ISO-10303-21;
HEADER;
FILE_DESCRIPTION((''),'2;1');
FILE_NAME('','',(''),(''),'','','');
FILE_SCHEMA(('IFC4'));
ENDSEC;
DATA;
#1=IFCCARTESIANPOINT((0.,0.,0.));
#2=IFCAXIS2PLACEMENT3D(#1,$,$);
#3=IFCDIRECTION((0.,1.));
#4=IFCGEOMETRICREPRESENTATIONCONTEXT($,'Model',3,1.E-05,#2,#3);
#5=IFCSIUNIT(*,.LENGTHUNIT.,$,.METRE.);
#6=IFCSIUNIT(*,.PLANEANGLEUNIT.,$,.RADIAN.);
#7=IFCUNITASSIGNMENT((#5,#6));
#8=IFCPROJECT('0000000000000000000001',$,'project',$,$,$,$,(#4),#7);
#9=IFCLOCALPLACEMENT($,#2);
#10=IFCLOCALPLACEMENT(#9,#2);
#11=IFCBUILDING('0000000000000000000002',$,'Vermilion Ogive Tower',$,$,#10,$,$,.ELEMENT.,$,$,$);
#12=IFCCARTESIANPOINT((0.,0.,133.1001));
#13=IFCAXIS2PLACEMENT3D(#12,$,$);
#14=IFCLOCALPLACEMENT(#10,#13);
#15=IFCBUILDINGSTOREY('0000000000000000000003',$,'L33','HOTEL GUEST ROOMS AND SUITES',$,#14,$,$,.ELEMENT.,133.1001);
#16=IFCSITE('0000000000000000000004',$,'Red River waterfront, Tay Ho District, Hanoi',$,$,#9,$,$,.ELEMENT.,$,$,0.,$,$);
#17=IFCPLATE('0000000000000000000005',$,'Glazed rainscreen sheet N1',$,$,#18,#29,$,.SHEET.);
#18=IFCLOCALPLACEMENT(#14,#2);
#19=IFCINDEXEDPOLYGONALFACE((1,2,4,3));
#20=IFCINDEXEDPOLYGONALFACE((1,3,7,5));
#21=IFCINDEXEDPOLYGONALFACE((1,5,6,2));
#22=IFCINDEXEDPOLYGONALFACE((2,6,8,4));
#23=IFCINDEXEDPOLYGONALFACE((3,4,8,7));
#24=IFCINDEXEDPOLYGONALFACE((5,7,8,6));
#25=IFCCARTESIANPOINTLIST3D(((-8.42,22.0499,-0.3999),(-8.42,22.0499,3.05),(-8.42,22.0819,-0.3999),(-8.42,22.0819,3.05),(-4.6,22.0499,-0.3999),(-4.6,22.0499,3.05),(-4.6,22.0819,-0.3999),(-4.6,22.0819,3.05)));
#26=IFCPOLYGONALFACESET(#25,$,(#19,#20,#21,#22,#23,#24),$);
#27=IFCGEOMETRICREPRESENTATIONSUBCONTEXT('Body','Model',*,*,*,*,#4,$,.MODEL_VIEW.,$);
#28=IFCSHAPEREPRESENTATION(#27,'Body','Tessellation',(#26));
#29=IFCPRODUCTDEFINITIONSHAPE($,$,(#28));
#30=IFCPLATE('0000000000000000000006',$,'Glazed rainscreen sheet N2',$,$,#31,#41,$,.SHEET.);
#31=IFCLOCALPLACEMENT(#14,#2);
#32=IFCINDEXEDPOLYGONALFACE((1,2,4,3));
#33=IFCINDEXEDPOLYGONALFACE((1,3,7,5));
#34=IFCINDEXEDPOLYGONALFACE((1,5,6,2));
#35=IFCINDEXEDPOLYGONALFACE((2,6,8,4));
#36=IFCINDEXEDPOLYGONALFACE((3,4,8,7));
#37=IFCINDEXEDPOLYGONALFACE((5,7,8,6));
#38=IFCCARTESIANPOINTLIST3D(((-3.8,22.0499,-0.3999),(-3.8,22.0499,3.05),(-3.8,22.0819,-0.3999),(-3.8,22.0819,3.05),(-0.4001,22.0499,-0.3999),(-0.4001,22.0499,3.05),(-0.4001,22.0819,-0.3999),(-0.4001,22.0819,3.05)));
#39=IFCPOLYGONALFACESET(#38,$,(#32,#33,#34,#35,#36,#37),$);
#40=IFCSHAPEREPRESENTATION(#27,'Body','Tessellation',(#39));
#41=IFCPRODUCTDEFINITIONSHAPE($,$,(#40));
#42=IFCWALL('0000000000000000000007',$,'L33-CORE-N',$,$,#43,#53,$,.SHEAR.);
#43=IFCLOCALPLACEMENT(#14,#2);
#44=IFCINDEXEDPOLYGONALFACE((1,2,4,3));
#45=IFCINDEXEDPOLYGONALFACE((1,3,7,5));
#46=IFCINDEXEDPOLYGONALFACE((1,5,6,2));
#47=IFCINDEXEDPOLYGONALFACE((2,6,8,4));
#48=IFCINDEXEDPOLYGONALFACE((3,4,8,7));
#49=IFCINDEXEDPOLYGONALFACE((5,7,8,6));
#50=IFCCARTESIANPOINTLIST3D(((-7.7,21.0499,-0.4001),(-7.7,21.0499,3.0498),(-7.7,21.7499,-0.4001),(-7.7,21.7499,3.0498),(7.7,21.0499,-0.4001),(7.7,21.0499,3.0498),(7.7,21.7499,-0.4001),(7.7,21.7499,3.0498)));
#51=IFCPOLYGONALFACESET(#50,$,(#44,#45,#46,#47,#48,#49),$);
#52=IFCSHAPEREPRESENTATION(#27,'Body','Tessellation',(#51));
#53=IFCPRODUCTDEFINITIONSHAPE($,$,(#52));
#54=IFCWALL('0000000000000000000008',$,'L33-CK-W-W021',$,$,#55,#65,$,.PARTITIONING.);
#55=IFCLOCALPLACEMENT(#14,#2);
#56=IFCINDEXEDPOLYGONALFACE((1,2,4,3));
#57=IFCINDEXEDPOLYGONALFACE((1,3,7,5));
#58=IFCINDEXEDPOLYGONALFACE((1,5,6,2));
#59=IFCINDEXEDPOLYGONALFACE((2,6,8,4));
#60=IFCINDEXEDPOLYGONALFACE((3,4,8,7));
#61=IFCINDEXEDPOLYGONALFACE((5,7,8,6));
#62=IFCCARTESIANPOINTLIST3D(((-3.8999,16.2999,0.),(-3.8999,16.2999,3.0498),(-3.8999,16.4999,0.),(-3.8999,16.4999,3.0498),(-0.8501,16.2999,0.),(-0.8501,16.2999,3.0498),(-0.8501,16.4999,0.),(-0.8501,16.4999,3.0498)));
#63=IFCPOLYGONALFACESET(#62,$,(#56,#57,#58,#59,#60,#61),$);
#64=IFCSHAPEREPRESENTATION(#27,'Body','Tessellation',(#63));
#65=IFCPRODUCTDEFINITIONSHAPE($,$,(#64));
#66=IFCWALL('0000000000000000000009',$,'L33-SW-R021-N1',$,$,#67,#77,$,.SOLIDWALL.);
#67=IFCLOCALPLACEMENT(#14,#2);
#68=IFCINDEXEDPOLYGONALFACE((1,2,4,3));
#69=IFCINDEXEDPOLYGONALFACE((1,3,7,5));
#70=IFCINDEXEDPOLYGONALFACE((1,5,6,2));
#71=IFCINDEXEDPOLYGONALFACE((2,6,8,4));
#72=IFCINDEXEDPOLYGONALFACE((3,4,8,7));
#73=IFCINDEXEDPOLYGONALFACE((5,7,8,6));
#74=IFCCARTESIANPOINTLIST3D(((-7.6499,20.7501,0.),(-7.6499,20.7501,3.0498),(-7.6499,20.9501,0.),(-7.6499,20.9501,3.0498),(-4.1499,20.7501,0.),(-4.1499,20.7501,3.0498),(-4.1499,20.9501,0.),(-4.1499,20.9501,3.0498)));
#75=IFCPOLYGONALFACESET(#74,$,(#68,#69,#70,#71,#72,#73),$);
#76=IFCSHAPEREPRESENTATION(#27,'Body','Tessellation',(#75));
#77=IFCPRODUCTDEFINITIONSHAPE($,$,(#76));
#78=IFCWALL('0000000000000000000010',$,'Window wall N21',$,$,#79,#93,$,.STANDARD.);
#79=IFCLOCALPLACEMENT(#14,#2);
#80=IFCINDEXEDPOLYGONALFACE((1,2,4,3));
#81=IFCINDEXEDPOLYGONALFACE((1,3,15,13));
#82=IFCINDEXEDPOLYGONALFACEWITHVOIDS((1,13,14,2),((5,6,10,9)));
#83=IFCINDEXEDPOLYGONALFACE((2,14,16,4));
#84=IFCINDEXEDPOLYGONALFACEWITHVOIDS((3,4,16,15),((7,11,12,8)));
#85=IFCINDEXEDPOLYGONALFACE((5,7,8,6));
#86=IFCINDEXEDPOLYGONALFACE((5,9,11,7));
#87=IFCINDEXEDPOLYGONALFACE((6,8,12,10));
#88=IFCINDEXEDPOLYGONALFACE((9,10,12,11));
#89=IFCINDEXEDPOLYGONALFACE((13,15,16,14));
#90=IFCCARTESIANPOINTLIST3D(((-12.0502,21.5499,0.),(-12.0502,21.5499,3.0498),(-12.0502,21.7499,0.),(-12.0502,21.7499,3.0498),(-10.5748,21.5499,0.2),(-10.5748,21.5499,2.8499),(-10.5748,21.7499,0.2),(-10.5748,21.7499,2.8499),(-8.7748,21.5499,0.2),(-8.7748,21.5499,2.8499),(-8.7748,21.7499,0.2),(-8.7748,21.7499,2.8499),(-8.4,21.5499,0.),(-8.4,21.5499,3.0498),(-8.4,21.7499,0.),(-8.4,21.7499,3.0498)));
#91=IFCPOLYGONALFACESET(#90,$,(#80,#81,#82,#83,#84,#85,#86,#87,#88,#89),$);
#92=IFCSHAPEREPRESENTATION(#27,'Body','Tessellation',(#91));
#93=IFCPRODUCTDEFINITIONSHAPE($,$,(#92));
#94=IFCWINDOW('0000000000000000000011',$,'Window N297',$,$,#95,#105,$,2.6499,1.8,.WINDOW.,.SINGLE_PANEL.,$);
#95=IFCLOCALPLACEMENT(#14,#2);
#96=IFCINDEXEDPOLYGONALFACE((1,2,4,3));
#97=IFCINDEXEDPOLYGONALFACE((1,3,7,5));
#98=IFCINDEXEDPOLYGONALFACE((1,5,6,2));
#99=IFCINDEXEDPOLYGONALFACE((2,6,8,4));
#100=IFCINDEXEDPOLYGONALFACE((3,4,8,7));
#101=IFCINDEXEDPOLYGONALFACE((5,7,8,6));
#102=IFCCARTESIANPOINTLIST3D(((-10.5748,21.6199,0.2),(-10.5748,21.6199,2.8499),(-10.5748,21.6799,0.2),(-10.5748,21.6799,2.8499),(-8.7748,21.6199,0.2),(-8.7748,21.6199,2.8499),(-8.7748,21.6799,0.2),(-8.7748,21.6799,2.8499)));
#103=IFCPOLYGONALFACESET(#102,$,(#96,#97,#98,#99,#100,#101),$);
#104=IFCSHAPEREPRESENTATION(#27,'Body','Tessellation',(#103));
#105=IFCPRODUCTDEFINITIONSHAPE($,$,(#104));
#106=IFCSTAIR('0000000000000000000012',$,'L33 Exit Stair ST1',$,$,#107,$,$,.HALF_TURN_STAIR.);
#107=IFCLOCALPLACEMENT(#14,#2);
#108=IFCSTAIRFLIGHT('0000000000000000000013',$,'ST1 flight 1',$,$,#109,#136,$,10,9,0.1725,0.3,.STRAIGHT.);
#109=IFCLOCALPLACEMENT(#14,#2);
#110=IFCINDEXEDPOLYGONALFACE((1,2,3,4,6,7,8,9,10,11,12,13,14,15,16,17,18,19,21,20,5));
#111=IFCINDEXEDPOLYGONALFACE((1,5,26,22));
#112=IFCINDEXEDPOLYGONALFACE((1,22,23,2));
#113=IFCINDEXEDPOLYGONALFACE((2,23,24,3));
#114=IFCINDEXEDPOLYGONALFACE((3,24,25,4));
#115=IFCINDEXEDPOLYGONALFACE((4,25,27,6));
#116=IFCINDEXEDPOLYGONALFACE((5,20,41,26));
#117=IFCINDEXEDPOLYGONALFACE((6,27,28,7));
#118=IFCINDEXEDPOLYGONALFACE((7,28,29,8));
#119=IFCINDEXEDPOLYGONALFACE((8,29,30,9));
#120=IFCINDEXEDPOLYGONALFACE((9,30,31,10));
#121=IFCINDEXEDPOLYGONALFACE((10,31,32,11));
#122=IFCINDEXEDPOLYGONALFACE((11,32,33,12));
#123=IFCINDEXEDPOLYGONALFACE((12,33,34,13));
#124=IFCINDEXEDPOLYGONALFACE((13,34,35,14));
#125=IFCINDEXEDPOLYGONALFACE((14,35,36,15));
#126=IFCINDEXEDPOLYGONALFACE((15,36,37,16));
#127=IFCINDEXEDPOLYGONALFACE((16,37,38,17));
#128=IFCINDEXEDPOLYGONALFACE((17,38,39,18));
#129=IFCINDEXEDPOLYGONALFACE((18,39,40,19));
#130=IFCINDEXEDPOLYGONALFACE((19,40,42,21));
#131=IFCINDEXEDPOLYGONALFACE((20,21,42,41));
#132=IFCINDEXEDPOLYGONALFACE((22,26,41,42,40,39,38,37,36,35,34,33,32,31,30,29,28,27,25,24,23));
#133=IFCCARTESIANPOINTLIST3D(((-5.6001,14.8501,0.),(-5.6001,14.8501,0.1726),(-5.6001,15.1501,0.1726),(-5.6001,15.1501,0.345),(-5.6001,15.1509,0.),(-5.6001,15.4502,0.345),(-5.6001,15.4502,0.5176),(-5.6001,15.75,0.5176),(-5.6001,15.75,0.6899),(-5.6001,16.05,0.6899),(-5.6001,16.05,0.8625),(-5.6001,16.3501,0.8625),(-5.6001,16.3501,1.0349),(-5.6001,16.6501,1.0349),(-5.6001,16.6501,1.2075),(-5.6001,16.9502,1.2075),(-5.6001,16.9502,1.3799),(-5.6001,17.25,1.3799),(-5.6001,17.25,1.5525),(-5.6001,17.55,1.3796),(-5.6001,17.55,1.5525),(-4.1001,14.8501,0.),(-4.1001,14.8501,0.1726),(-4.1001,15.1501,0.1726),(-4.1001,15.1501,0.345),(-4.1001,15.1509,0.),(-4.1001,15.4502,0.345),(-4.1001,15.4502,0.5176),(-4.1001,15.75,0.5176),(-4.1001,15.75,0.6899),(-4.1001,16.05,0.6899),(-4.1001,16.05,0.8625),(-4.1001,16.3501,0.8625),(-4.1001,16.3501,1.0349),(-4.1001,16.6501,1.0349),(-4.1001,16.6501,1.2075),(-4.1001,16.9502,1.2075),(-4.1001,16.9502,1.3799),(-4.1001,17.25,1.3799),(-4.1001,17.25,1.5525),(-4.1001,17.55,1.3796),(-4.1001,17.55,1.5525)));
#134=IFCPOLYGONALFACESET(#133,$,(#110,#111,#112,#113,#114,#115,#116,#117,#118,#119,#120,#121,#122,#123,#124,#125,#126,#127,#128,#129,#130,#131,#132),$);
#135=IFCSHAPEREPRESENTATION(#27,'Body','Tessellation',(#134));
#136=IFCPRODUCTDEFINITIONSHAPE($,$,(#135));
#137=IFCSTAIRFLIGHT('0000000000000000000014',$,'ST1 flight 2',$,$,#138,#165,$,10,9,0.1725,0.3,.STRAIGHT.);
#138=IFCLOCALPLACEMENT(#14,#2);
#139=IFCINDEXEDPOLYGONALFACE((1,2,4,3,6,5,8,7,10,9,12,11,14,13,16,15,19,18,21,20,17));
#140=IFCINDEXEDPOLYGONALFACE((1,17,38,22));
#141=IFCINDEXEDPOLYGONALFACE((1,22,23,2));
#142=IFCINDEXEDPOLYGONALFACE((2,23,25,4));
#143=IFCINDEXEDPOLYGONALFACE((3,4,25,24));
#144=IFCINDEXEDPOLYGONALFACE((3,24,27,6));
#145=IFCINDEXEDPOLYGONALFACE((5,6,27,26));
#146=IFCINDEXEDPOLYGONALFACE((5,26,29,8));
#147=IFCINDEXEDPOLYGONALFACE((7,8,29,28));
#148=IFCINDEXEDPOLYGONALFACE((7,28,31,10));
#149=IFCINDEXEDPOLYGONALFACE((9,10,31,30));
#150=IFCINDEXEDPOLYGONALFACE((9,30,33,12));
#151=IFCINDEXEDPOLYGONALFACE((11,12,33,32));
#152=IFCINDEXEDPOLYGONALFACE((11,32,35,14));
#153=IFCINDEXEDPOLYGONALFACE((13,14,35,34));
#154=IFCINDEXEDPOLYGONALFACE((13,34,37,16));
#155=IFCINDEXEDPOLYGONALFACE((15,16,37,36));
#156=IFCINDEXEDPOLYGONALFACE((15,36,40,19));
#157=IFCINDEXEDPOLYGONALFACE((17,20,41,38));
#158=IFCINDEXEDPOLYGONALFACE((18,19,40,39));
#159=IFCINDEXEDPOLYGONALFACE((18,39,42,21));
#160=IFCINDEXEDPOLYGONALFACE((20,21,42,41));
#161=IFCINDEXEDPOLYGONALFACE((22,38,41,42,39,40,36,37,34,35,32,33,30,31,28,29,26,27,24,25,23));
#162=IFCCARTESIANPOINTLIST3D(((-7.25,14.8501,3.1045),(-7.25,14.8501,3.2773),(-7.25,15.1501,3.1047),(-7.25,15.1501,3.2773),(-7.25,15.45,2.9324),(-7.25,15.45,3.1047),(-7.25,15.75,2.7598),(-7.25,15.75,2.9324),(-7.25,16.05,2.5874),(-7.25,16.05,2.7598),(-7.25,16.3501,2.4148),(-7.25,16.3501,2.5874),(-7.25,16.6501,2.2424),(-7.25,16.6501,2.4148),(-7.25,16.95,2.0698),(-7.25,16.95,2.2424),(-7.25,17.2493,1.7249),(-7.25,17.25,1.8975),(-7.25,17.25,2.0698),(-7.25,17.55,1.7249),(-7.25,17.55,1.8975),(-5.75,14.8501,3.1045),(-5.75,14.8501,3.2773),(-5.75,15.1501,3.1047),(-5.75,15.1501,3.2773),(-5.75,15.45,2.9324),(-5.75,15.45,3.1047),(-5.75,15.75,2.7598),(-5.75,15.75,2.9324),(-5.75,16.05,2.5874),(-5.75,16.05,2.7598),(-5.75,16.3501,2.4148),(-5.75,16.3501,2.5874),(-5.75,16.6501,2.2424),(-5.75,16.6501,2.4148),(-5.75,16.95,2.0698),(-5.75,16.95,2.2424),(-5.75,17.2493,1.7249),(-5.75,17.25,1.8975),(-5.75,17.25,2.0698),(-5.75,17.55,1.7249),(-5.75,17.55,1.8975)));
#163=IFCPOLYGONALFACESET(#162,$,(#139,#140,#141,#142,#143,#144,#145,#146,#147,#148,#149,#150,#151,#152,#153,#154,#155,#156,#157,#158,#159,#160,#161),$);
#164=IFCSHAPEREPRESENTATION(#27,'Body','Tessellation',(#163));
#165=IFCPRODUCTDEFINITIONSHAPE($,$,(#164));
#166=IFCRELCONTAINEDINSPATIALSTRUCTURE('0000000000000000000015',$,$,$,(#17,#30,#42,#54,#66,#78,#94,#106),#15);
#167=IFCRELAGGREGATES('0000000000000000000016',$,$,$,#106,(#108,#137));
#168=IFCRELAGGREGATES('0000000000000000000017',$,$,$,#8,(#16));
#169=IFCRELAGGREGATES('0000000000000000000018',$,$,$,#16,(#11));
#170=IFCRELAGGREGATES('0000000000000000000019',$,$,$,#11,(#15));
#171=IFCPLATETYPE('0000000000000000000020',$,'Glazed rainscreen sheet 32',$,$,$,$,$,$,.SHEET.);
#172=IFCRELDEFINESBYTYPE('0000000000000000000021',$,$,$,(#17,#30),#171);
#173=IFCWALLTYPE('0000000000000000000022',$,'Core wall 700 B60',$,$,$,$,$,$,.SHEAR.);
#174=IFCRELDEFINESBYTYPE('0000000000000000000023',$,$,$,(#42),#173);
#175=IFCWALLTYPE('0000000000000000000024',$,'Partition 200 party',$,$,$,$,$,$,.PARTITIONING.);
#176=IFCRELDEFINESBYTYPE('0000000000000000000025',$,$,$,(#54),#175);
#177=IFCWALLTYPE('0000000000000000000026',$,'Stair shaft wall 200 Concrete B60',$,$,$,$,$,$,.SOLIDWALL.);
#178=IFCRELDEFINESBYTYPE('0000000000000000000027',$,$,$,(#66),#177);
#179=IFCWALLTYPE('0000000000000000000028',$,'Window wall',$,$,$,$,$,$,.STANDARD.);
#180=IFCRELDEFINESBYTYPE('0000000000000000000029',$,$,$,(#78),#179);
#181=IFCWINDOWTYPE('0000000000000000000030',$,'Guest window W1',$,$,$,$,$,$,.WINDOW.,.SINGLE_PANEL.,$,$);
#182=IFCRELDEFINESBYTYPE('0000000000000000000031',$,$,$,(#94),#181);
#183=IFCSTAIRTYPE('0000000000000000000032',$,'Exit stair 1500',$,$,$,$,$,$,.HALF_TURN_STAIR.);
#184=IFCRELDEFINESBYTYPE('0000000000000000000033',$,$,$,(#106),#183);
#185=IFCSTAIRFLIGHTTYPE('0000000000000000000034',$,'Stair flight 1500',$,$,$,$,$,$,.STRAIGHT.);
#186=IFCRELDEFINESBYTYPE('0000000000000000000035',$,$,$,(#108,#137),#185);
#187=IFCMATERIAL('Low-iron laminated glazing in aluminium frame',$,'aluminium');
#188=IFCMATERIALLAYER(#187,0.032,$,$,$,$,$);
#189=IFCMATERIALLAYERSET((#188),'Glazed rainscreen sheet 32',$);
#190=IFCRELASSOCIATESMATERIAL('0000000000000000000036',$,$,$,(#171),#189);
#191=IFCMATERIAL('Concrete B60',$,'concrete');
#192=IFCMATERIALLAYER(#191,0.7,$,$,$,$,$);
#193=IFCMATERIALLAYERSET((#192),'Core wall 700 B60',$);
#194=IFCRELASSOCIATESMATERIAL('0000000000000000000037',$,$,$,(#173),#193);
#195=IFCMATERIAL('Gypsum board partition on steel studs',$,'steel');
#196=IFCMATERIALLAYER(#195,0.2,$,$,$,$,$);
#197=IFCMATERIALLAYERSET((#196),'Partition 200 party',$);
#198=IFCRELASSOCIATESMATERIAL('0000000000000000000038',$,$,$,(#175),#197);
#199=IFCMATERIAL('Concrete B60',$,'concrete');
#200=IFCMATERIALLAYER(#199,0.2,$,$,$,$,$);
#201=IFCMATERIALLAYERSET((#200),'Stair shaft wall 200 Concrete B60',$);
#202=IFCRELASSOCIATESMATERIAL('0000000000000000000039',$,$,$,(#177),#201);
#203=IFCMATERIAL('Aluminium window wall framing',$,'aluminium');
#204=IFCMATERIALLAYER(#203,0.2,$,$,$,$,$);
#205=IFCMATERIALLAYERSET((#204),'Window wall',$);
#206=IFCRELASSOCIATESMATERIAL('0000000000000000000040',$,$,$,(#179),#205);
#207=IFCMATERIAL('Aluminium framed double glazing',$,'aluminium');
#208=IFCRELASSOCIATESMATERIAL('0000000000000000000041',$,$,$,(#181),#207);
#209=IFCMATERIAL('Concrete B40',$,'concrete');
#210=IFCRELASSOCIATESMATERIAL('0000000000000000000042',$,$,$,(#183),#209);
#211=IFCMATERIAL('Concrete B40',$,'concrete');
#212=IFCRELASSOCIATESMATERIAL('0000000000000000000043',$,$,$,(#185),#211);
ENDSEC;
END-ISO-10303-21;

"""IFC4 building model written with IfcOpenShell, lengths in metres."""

from ifc_helpers import new_model, si_unit, direction, frame, frame_2d, origin, origin_2d, place, context, subcontext, project, spatial, polyline, rectangle, outline, extrude, material, layer, layer_set, type_object, element, fill, aggregate, save


model = new_model("IFC4")

# Units and contexts
model_context = context("Model", 3, precision=1e-05, world=origin(), true_north=direction((0.0, 1.0)))
body_context = subcontext(model_context, "Body", "Model", "MODEL_VIEW")
ifc_project = project(units=[si_unit("LENGTHUNIT", "METRE"), si_unit("PLANEANGLEUNIT", "RADIAN")], contexts=[model_context])

# Site, building, storey
site_placement = place(None, origin())
site = spatial("IfcSite", under=ifc_project, at=site_placement, Name="Red River waterfront, Tay Ho District, Hanoi", CompositionType="ELEMENT", RefElevation=0.0)
building_placement = place(site_placement, origin())
building = spatial("IfcBuilding", under=site, at=building_placement, Name="Vermilion Ogive Tower", CompositionType="ELEMENT")
storey_placement = place(building_placement, frame((0.0, 0.0, 133.1001)))
storey = spatial("IfcBuildingStorey", under=building, at=storey_placement, Name="L33", Description="HOTEL GUEST ROOMS AND SUITES", CompositionType="ELEMENT", Elevation=133.1001)

# Plates
ifc_material_1 = material(Name="Low-iron laminated glazing in aluminium frame", Category="aluminium")
ifc_layer_1 = layer(ifc_material_1, 0.032)
ifc_layer_set_1 = layer_set([ifc_layer_1], Name="Glazed rainscreen sheet 32")
plate_type = type_object("IfcPlateType", Name="Glazed rainscreen sheet 32", PredefinedType="SHEET", material=ifc_layer_set_1)
plate_1_placement = place(storey_placement, frame((-6.51, 22.0659, -0.3999), z_axis=(0.0, 0.0, 1.0), x_axis=(1.0, 0.0, 0.0)))
element("IfcPlate", 1, at=plate_1_placement, inside=storey, type_object=plate_type, Name="Glazed rainscreen sheet N1", PredefinedType="SHEET", context=body_context, shape_type="SweptSolid", body=[
    extrude(rectangle(XDim=3.8201, YDim=0.032, at=origin_2d()), origin(), (0.0, 0.0, 1.0), 3.45),
])
plate_2_placement = place(storey_placement, frame((-2.1001, 22.0659, -0.3999), z_axis=(0.0, 0.0, 1.0), x_axis=(1.0, 0.0, 0.0)))
element("IfcPlate", 2, at=plate_2_placement, inside=storey, type_object=plate_type, Name="Glazed rainscreen sheet N2", PredefinedType="SHEET", context=body_context, shape_type="SweptSolid", body=[
    extrude(rectangle(XDim=3.3999, YDim=0.032, at=origin_2d()), origin(), (0.0, 0.0, 1.0), 3.45),
])

# Walls
ifc_material_2 = material(Name="Concrete B60", Category="concrete")
ifc_layer_2 = layer(ifc_material_2, 0.7)
ifc_layer_set_2 = layer_set([ifc_layer_2], Name="Core wall 700 B60")
wall_type_1 = type_object("IfcWallType", Name="Core wall 700 B60", PredefinedType="SHEAR", material=ifc_layer_set_2)
wall_1_placement = place(storey_placement, frame((-7.7, 21.3999, -0.4001), z_axis=(0.0, 0.0, 1.0), x_axis=(1.0, 0.0, 0.0)))
element("IfcWall", 3, at=wall_1_placement, inside=storey, type_object=wall_type_1, Name="L33-CORE-N", PredefinedType="SHEAR", context=body_context, shape_type="SweptSolid", body=[
    extrude(rectangle(XDim=15.3999, YDim=0.7, at=frame_2d((7.7, 0.0))), origin(), (0.0, 0.0, 1.0), 3.45),
])
ifc_material_3 = material(Name="Gypsum board partition on steel studs", Category="steel")
ifc_layer_3 = layer(ifc_material_3, 0.2)
ifc_layer_set_3 = layer_set([ifc_layer_3], Name="Partition 200 party")
wall_type_2 = type_object("IfcWallType", Name="Partition 200 party", PredefinedType="PARTITIONING", material=ifc_layer_set_3)
wall_2_placement = place(storey_placement, frame((-3.8999, 16.3999, 0.0), z_axis=(0.0, 0.0, 1.0), x_axis=(1.0, 0.0, 0.0)))
element("IfcWall", 4, at=wall_2_placement, inside=storey, type_object=wall_type_2, Name="L33-CK-W-W021", PredefinedType="PARTITIONING", context=body_context, shape_type="SweptSolid", body=[
    extrude(rectangle(XDim=3.0498, YDim=0.2, at=frame_2d((1.5249, 0.0))), origin(), (0.0, 0.0, 1.0), 3.0498),
])
ifc_material_4 = material(Name="Concrete B60", Category="concrete")
ifc_layer_4 = layer(ifc_material_4, 0.2)
ifc_layer_set_4 = layer_set([ifc_layer_4], Name="Stair shaft wall 200 Concrete B60")
wall_type_3 = type_object("IfcWallType", Name="Stair shaft wall 200 Concrete B60", PredefinedType="SOLIDWALL", material=ifc_layer_set_4)
wall_3_placement = place(storey_placement, frame((-7.6499, 20.8501, 0.0), z_axis=(0.0, 0.0, 1.0), x_axis=(1.0, 0.0, 0.0)))
element("IfcWall", 5, at=wall_3_placement, inside=storey, type_object=wall_type_3, Name="L33-SW-R021-N1", PredefinedType="SOLIDWALL", context=body_context, shape_type="SweptSolid", body=[
    extrude(rectangle(XDim=3.5, YDim=0.2, at=frame_2d((1.75, 0.0))), origin(), (0.0, 0.0, 1.0), 3.0498),
])

# Wall, opening, window
ifc_material_5 = material(Name="Aluminium window wall framing", Category="aluminium")
ifc_layer_5 = layer(ifc_material_5, 0.2)
ifc_layer_set_5 = layer_set([ifc_layer_5], Name="Window wall")
wall_type_4 = type_object("IfcWallType", Name="Window wall", PredefinedType="STANDARD", material=ifc_layer_set_5)
wall_4_placement = place(storey_placement, frame((-8.3999, 21.6499, 0.0), z_axis=(0.0, 0.0, 1.0), x_axis=(-1.0, 0.0, 0.0)))
wall_4 = element("IfcWall", 6, at=wall_4_placement, inside=storey, type_object=wall_type_4, Name="Window wall N21", PredefinedType="STANDARD", context=body_context, shape_type="SweptSolid", body=[
    extrude(rectangle(XDim=3.6501, YDim=0.2, at=frame_2d((1.8252, 0.0))), origin(), (0.0, 0.0, 1.0), 3.0498),
])
opening_placement = place(wall_4_placement, frame((0.375, 0.0, 0.2)))
opening = element("IfcOpeningElement", 7, at=opening_placement, cuts=wall_4, PredefinedType="OPENING", context=body_context, shape_type="SweptSolid", body=[
    extrude(rectangle(XDim=1.8, YDim=2.6499, at=frame_2d((0.8999, 1.325))), frame((0.0, 0.1099, 0.0), z_axis=(0.0, -1.0, 0.0), x_axis=(1.0, 0.0, 0.0)), (0.0, 0.0, 1.0), 0.22),
])
ifc_material_6 = material(Name="Aluminium framed double glazing", Category="aluminium")
window_type = type_object("IfcWindowType", Name="Guest window W1", PartitioningType="SINGLE_PANEL", PredefinedType="WINDOW", material=ifc_material_6)
window_placement = place(opening_placement, origin())
window = element("IfcWindow", 8, at=window_placement, inside=storey, type_object=window_type, Name="Window N297", OverallHeight=2.6499, OverallWidth=1.8, PartitioningType="SINGLE_PANEL", PredefinedType="WINDOW", context=body_context, shape_type="SweptSolid", body=[
    extrude(rectangle(XDim=1.8, YDim=2.6499, at=frame_2d((0.8999, 1.325))), frame((0.0, 0.03, 0.0), z_axis=(0.0, -1.0, 0.0), x_axis=(1.0, 0.0, 0.0)), (0.0, 0.0, 1.0), 0.0601),
])
fill(opening, window)

# Stair, stair flights
ifc_material_7 = material(Name="Concrete B40", Category="concrete")
stair_type = type_object("IfcStairType", Name="Exit stair 1500", PredefinedType="HALF_TURN_STAIR", material=ifc_material_7)
stair_placement = place(storey_placement, origin())
stair = element("IfcStair", 9, at=stair_placement, inside=storey, type_object=stair_type, Name="L33 Exit Stair ST1", PredefinedType="HALF_TURN_STAIR")
ifc_material_8 = material(Name="Concrete B40", Category="concrete")
stair_flight_type = type_object("IfcStairFlightType", Name="Stair flight 1500", PredefinedType="STRAIGHT", material=ifc_material_8)
stair_flight_1_placement = place(storey_placement, frame((-4.8501, 14.8501, 0.0), z_axis=(0.0, 0.0, 1.0), x_axis=(0.0, 1.0, 0.0)))
stair_flight_1 = element("IfcStairFlight", 10, at=stair_flight_1_placement, type_object=stair_flight_type, Name="ST1 flight 1", NumberOfRisers=10, NumberOfTreads=9, PredefinedType="STRAIGHT", RiserHeight=0.1725, TreadLength=0.3, context=body_context, shape_type="SweptSolid", body=[
    extrude(outline(polyline([(0.0, 0.0), (0.0, 0.1726), (0.3, 0.1726), (0.3, 0.345), (0.6001, 0.345), (0.6001, 0.5176), (0.8999, 0.5176), (0.8999, 0.6899), (1.2, 0.6899), (1.2, 0.8625), (1.5, 0.8625), (1.5, 1.0349), (1.8, 1.0349), (1.8, 1.2075), (2.1001, 1.2075), (2.1001, 1.3799), (2.3999, 1.3799), (2.3999, 1.5525), (2.7, 1.5525), (2.7, 1.7251), (2.7, 1.3796), (0.3008, 0.0), (0.0, 0.0)])), frame((0.0, 0.75, 0.0), z_axis=(0.0, -1.0, 0.0), x_axis=(1.0, 0.0, 0.0)), (0.0, 0.0, 1.0), 1.5),
])
stair_flight_2_placement = place(storey_placement, frame((-6.5, 17.55, 1.7249), z_axis=(0.0, 0.0, 1.0), x_axis=(0.0, -1.0, 0.0)))
stair_flight_2 = element("IfcStairFlight", 11, at=stair_flight_2_placement, type_object=stair_flight_type, Name="ST1 flight 2", NumberOfRisers=10, NumberOfTreads=9, PredefinedType="STRAIGHT", RiserHeight=0.1725, TreadLength=0.3, context=body_context, shape_type="SweptSolid", body=[
    extrude(outline(polyline([(0.0, 0.0), (0.0, 0.1726), (0.3, 0.1726), (0.3, 0.345), (0.6001, 0.345), (0.6001, 0.5176), (0.8999, 0.5176), (0.8999, 0.6899), (1.2, 0.6899), (1.2, 0.8625), (1.5, 0.8625), (1.5, 1.0349), (1.8, 1.0349), (1.8, 1.2075), (2.1001, 1.2075), (2.1001, 1.3799), (2.3999, 1.3799), (2.3999, 1.5525), (2.7, 1.5525), (2.7, 1.7251), (2.7, 1.3796), (0.3008, 0.0), (0.0, 0.0)])), frame((0.0, 0.75, 0.0), z_axis=(0.0, -1.0, 0.0), x_axis=(1.0, 0.0, 0.0)), (0.0, 0.0, 1.0), 1.5),
])
aggregate(stair, [stair_flight_1, stair_flight_2])

save(model, "model.ifc")
